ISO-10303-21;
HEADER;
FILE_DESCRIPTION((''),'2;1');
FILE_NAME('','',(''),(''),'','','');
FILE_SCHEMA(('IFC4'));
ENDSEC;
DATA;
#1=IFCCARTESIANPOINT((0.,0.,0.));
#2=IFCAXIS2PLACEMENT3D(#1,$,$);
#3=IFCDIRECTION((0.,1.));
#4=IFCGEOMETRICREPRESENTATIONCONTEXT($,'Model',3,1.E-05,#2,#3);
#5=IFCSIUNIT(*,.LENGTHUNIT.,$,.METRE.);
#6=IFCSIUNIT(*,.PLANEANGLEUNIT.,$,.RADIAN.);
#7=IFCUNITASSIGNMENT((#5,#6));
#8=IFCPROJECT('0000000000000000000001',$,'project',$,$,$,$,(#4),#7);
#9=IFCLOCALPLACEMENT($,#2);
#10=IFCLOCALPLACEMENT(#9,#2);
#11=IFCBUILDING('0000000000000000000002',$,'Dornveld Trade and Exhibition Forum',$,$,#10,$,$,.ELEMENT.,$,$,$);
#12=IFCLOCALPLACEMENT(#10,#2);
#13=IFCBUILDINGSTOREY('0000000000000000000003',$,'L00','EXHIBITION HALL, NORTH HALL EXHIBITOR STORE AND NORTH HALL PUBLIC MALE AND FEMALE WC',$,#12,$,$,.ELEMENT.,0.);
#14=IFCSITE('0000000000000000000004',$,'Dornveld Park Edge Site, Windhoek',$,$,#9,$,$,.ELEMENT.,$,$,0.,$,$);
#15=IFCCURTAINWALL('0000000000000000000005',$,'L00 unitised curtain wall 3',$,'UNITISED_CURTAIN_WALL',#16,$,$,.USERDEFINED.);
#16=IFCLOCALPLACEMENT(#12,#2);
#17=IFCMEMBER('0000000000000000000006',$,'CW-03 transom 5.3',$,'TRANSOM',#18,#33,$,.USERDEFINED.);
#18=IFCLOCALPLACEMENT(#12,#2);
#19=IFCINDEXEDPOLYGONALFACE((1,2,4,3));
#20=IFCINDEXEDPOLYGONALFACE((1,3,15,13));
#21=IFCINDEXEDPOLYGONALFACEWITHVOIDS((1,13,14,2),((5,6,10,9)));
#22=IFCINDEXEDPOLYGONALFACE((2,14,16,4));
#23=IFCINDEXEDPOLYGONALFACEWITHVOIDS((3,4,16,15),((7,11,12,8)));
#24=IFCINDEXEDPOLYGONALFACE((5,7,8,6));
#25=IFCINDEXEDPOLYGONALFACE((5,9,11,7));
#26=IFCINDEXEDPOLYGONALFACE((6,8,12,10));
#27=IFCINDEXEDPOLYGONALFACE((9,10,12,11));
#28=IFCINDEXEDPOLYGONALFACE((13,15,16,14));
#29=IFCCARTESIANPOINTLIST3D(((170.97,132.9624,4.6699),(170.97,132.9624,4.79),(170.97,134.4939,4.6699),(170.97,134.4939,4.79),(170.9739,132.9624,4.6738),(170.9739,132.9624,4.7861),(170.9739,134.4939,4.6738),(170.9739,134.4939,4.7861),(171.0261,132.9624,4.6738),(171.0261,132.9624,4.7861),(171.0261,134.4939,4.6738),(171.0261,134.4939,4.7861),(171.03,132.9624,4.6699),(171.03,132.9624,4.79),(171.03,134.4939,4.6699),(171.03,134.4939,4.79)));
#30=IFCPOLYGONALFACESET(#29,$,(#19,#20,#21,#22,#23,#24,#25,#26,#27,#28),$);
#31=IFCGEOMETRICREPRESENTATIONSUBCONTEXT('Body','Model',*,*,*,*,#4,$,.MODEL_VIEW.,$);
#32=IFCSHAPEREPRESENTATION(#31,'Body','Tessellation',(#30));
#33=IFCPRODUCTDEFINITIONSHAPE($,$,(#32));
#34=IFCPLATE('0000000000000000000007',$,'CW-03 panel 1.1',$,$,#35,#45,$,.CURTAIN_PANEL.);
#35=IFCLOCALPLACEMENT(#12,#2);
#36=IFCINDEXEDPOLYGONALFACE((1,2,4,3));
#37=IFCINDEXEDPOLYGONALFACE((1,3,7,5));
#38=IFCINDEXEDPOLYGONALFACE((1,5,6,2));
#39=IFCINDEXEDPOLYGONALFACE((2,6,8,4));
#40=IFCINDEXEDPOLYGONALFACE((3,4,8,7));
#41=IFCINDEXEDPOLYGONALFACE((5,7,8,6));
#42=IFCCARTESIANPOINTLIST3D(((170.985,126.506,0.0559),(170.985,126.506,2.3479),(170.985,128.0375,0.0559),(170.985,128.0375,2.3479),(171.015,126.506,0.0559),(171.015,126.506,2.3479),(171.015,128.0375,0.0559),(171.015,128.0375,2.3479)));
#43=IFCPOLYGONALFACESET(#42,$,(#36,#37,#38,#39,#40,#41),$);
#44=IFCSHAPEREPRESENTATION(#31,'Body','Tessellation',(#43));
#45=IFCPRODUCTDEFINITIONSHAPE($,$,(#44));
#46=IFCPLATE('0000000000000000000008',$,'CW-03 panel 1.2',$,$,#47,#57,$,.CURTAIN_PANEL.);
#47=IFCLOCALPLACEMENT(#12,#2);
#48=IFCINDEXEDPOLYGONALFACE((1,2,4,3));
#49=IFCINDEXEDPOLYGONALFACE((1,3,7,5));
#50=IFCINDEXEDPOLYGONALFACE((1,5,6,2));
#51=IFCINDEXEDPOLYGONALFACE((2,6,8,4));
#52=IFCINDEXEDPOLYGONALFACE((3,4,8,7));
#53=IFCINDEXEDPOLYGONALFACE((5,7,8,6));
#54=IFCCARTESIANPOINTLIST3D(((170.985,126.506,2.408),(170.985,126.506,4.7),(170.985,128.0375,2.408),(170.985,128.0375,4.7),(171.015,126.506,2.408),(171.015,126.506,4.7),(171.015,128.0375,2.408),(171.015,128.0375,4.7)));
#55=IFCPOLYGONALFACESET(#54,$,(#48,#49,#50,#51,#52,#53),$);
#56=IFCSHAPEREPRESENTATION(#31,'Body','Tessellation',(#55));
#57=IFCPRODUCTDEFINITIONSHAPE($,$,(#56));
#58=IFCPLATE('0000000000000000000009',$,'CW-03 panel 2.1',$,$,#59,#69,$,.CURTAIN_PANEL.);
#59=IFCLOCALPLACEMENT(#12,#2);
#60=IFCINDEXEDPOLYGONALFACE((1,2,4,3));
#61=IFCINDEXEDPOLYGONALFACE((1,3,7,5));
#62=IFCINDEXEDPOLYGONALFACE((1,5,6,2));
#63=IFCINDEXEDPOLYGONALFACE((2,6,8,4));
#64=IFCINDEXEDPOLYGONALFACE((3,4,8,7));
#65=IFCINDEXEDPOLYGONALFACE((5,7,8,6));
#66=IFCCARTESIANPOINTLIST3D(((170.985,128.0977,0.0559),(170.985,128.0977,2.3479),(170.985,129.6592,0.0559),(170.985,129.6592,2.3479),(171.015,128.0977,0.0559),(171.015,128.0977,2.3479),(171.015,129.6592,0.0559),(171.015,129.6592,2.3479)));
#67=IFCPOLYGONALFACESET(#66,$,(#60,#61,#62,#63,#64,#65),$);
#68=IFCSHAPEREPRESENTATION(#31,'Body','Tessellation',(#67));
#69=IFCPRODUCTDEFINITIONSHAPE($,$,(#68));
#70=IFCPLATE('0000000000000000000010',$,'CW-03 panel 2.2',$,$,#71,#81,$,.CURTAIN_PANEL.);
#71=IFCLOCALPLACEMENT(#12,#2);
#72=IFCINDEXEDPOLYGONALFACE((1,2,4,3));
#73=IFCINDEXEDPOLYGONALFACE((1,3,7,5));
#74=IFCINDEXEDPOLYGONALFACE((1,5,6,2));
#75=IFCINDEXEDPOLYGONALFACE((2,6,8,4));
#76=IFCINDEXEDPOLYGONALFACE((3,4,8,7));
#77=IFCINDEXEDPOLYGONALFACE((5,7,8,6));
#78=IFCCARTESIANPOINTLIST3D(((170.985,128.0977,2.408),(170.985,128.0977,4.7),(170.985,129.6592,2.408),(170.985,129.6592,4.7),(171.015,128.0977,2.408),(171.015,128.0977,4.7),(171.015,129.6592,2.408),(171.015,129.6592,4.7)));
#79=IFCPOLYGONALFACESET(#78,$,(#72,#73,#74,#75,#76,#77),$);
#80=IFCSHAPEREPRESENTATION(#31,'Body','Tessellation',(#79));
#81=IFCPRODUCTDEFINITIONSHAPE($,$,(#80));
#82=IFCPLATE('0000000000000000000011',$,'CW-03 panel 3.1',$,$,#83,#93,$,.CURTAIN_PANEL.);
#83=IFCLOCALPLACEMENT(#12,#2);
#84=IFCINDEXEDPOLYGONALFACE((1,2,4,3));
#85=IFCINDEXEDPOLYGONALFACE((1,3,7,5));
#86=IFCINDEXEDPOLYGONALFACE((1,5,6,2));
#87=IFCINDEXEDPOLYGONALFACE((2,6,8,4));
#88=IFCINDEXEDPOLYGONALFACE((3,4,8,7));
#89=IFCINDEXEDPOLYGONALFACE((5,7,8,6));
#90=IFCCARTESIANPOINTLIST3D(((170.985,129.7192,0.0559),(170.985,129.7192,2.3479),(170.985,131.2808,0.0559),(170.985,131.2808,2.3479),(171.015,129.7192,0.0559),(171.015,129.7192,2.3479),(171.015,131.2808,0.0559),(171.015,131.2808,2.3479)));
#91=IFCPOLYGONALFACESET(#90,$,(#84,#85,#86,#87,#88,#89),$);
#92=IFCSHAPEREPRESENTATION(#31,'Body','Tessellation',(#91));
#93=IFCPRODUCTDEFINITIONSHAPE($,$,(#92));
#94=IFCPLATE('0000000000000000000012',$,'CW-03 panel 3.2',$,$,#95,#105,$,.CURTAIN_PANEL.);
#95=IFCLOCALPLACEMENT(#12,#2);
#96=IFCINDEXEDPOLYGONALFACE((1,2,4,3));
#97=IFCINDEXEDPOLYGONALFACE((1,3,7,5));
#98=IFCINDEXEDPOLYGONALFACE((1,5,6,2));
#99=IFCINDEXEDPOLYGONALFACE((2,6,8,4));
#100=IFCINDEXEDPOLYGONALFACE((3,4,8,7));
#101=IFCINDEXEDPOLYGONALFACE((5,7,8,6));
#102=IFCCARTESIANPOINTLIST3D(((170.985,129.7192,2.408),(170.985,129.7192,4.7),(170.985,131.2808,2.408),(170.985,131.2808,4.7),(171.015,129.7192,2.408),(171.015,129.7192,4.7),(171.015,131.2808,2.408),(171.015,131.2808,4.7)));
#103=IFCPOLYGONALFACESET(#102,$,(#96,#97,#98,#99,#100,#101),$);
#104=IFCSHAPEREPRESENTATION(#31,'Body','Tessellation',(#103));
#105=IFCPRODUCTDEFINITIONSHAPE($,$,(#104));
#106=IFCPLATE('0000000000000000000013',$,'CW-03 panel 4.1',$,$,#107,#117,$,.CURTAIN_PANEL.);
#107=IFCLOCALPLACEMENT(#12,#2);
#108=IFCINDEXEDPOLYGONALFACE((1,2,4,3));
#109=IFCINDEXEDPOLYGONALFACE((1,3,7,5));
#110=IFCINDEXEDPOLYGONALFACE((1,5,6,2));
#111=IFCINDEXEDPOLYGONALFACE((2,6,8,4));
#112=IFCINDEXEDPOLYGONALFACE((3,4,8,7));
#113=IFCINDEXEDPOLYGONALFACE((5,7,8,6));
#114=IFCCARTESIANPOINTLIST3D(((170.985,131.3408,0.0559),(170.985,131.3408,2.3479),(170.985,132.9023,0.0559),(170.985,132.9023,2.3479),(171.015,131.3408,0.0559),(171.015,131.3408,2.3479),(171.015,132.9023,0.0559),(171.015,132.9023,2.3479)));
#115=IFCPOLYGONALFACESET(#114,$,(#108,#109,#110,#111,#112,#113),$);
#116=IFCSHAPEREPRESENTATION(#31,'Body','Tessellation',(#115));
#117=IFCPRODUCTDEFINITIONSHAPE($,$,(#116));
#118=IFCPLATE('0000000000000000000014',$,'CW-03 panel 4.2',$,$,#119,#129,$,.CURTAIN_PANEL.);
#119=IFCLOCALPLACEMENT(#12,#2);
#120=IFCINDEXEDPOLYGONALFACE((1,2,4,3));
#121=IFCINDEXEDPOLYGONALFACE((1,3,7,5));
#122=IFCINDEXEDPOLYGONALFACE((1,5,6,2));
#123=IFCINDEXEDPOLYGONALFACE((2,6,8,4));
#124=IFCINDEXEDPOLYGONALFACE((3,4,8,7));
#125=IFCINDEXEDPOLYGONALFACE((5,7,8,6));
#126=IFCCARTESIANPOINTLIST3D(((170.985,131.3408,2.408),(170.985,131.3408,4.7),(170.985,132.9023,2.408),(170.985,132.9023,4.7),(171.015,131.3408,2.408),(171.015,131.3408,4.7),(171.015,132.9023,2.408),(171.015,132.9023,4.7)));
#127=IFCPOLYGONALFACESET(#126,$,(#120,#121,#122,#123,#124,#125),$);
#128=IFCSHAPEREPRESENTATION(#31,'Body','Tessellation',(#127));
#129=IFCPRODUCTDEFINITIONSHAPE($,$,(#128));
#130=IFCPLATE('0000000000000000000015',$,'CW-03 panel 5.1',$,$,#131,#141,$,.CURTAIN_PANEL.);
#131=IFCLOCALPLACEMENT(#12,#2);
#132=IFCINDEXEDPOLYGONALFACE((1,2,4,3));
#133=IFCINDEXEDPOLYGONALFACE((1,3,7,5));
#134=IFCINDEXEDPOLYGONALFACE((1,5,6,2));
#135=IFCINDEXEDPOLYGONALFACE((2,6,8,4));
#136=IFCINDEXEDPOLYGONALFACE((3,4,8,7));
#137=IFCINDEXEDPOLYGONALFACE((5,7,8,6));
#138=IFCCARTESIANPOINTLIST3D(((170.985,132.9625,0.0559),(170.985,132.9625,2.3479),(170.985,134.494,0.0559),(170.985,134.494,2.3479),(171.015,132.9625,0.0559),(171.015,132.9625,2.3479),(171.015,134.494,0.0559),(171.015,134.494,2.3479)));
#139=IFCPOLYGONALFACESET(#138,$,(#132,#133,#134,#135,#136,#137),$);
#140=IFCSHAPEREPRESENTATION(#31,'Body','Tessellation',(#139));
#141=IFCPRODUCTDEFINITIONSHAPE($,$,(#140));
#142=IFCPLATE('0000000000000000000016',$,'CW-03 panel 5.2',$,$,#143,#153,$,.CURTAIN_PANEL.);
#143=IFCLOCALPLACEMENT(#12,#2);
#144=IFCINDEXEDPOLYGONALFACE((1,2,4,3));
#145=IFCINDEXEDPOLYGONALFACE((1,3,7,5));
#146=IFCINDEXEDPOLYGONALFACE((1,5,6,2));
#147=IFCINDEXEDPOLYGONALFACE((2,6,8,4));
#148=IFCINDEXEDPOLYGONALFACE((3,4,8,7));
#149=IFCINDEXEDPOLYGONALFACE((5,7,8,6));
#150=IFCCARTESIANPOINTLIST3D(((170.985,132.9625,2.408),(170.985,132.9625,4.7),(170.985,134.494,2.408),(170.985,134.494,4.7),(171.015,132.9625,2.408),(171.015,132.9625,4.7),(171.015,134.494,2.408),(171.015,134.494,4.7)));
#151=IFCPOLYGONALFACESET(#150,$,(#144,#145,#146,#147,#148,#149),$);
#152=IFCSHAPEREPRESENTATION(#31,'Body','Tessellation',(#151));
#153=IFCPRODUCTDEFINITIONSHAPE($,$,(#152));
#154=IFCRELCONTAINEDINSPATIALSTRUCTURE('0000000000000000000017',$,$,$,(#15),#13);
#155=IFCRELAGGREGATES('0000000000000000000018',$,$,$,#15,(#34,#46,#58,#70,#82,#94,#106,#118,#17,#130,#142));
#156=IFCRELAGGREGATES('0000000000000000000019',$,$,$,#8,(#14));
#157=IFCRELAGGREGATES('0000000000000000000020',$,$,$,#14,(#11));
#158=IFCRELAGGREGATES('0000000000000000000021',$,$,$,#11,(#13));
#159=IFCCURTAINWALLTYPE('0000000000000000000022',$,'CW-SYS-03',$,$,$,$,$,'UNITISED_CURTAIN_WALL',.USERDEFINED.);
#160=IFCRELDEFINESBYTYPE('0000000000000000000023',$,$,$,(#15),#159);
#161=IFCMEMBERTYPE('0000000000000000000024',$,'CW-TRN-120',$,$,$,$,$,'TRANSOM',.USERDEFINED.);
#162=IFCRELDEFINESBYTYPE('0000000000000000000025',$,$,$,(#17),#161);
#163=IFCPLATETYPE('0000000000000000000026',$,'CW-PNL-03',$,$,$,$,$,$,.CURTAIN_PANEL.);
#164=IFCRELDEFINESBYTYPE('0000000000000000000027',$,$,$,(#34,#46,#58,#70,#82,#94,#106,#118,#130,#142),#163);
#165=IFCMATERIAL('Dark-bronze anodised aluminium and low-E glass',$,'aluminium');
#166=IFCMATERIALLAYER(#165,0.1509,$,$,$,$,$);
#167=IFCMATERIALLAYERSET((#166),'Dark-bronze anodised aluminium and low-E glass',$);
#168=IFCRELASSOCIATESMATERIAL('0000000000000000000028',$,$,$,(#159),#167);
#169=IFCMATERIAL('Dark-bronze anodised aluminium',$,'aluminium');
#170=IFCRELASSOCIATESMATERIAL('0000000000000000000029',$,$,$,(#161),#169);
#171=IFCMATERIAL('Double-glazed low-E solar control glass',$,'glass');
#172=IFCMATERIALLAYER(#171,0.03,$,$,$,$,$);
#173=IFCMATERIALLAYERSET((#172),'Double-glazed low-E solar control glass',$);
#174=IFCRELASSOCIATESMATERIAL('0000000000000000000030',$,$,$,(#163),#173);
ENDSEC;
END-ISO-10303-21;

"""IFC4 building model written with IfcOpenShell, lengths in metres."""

from ifc_helpers import new_model, si_unit, direction, frame, origin, origin_2d, place, context, subcontext, project, spatial, rectangle, hollow_rectangle, extrude, material, layer, layer_set, material_profile, profile_set, type_object, element, aggregate, save


model = new_model("IFC4")

# Units and contexts
model_context = context("Model", 3, precision=1e-05, world=origin(), true_north=direction((0.0, 1.0)))
body_context = subcontext(model_context, "Body", "Model", "MODEL_VIEW")
ifc_project = project(units=[si_unit("LENGTHUNIT", "METRE"), si_unit("PLANEANGLEUNIT", "RADIAN")], contexts=[model_context])

# Site, building, storey
site_placement = place(None, origin())
site = spatial("IfcSite", under=ifc_project, at=site_placement, Name="Dornveld Park Edge Site, Windhoek", CompositionType="ELEMENT", RefElevation=0.0)
building_placement = place(site_placement, origin())
building = spatial("IfcBuilding", under=site, at=building_placement, Name="Dornveld Trade and Exhibition Forum", CompositionType="ELEMENT")
storey_placement = place(building_placement, origin())
storey = spatial("IfcBuildingStorey", under=building, at=storey_placement, Name="L00", Description="EXHIBITION HALL, NORTH HALL EXHIBITOR STORE AND NORTH HALL PUBLIC MALE AND FEMALE WC", CompositionType="ELEMENT", Elevation=0.0)

# Curtain wall, member, plates
ifc_material_1 = material(Name="Dark-bronze anodised aluminium and low-E glass", Category="aluminium")
ifc_layer_1 = layer(ifc_material_1, 0.1509)
ifc_layer_set_1 = layer_set([ifc_layer_1], Name="Dark-bronze anodised aluminium and low-E glass")
curtain_wall_type = type_object("IfcCurtainWallType", Name="CW-SYS-03", ElementType="UNITISED_CURTAIN_WALL", PredefinedType="USERDEFINED", material=ifc_layer_set_1)
curtain_wall_placement = place(storey_placement, origin())
curtain_wall = element("IfcCurtainWall", 1, at=curtain_wall_placement, inside=storey, type_object=curtain_wall_type, Name="L00 unitised curtain wall 3", ObjectType="UNITISED_CURTAIN_WALL", PredefinedType="USERDEFINED")
ifc_material_2 = material(Name="Dark-bronze anodised aluminium", Category="aluminium")
ifc_material_profile_1 = material_profile(ifc_material_2, hollow_rectangle(XDim=0.0601, YDim=0.1201, WallThickness=0.0039, at=origin_2d()), Name="RHS 120x60x4")
ifc_profile_set_1 = profile_set([ifc_material_profile_1], Name="Dark-bronze anodised aluminium")
member_type_1 = type_object("IfcMemberType", Name="CW-TRN-120", ElementType="TRANSOM", PredefinedType="USERDEFINED", material=ifc_profile_set_1)
member_1_placement = place(storey_placement, frame((171.0, 132.9624, 4.73), z_axis=(0.0, 1.0, 0.0), x_axis=(-1.0, 0.0, 0.0)))
member_1 = element("IfcMember", 2, at=member_1_placement, type_object=member_type_1, Name="CW-03 transom 5.3", ObjectType="TRANSOM", PredefinedType="USERDEFINED", context=body_context, shape_type="SweptSolid", body=[
    extrude(hollow_rectangle(XDim=0.0601, YDim=0.1201, WallThickness=0.0039, at=origin_2d()), origin(), (0.0, 0.0, 1.0), 1.5315),
])
ifc_material_3 = material(Name="Double-glazed low-E solar control glass", Category="glass")
ifc_layer_2 = layer(ifc_material_3, 0.03)
ifc_layer_set_2 = layer_set([ifc_layer_2], Name="Double-glazed low-E solar control glass")
plate_type = type_object("IfcPlateType", Name="CW-PNL-03", PredefinedType="CURTAIN_PANEL", material=ifc_layer_set_2)
plate_1_placement = place(storey_placement, frame((171.0, 127.2717, 0.0559), z_axis=(0.0, 0.0, 1.0), x_axis=(0.0, 1.0, 0.0)))
plate_1 = element("IfcPlate", 3, at=plate_1_placement, type_object=plate_type, Name="CW-03 panel 1.1", PredefinedType="CURTAIN_PANEL", context=body_context, shape_type="SweptSolid", body=[
    extrude(rectangle(XDim=1.5315, YDim=0.03, at=origin_2d()), origin(), (0.0, 0.0, 1.0), 2.292),
])
plate_2_placement = place(storey_placement, frame((171.0, 127.2717, 2.408), z_axis=(0.0, 0.0, 1.0), x_axis=(0.0, 1.0, 0.0)))
plate_2 = element("IfcPlate", 4, at=plate_2_placement, type_object=plate_type, Name="CW-03 panel 1.2", PredefinedType="CURTAIN_PANEL", context=body_context, shape_type="SweptSolid", body=[
    extrude(rectangle(XDim=1.5315, YDim=0.03, at=origin_2d()), origin(), (0.0, 0.0, 1.0), 2.292),
])
plate_3_placement = place(storey_placement, frame((171.0, 128.8784, 0.0559), z_axis=(0.0, 0.0, 1.0), x_axis=(0.0, 1.0, 0.0)))
plate_3 = element("IfcPlate", 5, at=plate_3_placement, type_object=plate_type, Name="CW-03 panel 2.1", PredefinedType="CURTAIN_PANEL", context=body_context, shape_type="SweptSolid", body=[
    extrude(rectangle(XDim=1.5615, YDim=0.03, at=origin_2d()), origin(), (0.0, 0.0, 1.0), 2.292),
])
plate_4_placement = place(storey_placement, frame((171.0, 128.8784, 2.408), z_axis=(0.0, 0.0, 1.0), x_axis=(0.0, 1.0, 0.0)))
plate_4 = element("IfcPlate", 6, at=plate_4_placement, type_object=plate_type, Name="CW-03 panel 2.2", PredefinedType="CURTAIN_PANEL", context=body_context, shape_type="SweptSolid", body=[
    extrude(rectangle(XDim=1.5615, YDim=0.03, at=origin_2d()), origin(), (0.0, 0.0, 1.0), 2.292),
])
plate_5_placement = place(storey_placement, frame((171.0, 130.5, 0.0559), z_axis=(0.0, 0.0, 1.0), x_axis=(0.0, 1.0, 0.0)))
plate_5 = element("IfcPlate", 7, at=plate_5_placement, type_object=plate_type, Name="CW-03 panel 3.1", PredefinedType="CURTAIN_PANEL", context=body_context, shape_type="SweptSolid", body=[
    extrude(rectangle(XDim=1.5615, YDim=0.03, at=origin_2d()), origin(), (0.0, 0.0, 1.0), 2.292),
])
plate_6_placement = place(storey_placement, frame((171.0, 130.5, 2.408), z_axis=(0.0, 0.0, 1.0), x_axis=(0.0, 1.0, 0.0)))
plate_6 = element("IfcPlate", 8, at=plate_6_placement, type_object=plate_type, Name="CW-03 panel 3.2", PredefinedType="CURTAIN_PANEL", context=body_context, shape_type="SweptSolid", body=[
    extrude(rectangle(XDim=1.5615, YDim=0.03, at=origin_2d()), origin(), (0.0, 0.0, 1.0), 2.292),
])
plate_7_placement = place(storey_placement, frame((171.0, 132.1216, 0.0559), z_axis=(0.0, 0.0, 1.0), x_axis=(0.0, 1.0, 0.0)))
plate_7 = element("IfcPlate", 9, at=plate_7_placement, type_object=plate_type, Name="CW-03 panel 4.1", PredefinedType="CURTAIN_PANEL", context=body_context, shape_type="SweptSolid", body=[
    extrude(rectangle(XDim=1.5615, YDim=0.03, at=origin_2d()), origin(), (0.0, 0.0, 1.0), 2.292),
])
plate_8_placement = place(storey_placement, frame((171.0, 132.1216, 2.408), z_axis=(0.0, 0.0, 1.0), x_axis=(0.0, 1.0, 0.0)))
plate_8 = element("IfcPlate", 10, at=plate_8_placement, type_object=plate_type, Name="CW-03 panel 4.2", PredefinedType="CURTAIN_PANEL", context=body_context, shape_type="SweptSolid", body=[
    extrude(rectangle(XDim=1.5615, YDim=0.03, at=origin_2d()), origin(), (0.0, 0.0, 1.0), 2.292),
])
plate_9_placement = place(storey_placement, frame((171.0, 133.7283, 0.0559), z_axis=(0.0, 0.0, 1.0), x_axis=(0.0, 1.0, 0.0)))
plate_9 = element("IfcPlate", 11, at=plate_9_placement, type_object=plate_type, Name="CW-03 panel 5.1", PredefinedType="CURTAIN_PANEL", context=body_context, shape_type="SweptSolid", body=[
    extrude(rectangle(XDim=1.5315, YDim=0.03, at=origin_2d()), origin(), (0.0, 0.0, 1.0), 2.292),
])
plate_10_placement = place(storey_placement, frame((171.0, 133.7283, 2.408), z_axis=(0.0, 0.0, 1.0), x_axis=(0.0, 1.0, 0.0)))
plate_10 = element("IfcPlate", 12, at=plate_10_placement, type_object=plate_type, Name="CW-03 panel 5.2", PredefinedType="CURTAIN_PANEL", context=body_context, shape_type="SweptSolid", body=[
    extrude(rectangle(XDim=1.5315, YDim=0.03, at=origin_2d()), origin(), (0.0, 0.0, 1.0), 2.292),
])
aggregate(curtain_wall, [plate_1, plate_2, plate_3, plate_4, plate_5, plate_6, plate_7, plate_8, member_1, plate_9, plate_10])

save(model, "model.ifc")
